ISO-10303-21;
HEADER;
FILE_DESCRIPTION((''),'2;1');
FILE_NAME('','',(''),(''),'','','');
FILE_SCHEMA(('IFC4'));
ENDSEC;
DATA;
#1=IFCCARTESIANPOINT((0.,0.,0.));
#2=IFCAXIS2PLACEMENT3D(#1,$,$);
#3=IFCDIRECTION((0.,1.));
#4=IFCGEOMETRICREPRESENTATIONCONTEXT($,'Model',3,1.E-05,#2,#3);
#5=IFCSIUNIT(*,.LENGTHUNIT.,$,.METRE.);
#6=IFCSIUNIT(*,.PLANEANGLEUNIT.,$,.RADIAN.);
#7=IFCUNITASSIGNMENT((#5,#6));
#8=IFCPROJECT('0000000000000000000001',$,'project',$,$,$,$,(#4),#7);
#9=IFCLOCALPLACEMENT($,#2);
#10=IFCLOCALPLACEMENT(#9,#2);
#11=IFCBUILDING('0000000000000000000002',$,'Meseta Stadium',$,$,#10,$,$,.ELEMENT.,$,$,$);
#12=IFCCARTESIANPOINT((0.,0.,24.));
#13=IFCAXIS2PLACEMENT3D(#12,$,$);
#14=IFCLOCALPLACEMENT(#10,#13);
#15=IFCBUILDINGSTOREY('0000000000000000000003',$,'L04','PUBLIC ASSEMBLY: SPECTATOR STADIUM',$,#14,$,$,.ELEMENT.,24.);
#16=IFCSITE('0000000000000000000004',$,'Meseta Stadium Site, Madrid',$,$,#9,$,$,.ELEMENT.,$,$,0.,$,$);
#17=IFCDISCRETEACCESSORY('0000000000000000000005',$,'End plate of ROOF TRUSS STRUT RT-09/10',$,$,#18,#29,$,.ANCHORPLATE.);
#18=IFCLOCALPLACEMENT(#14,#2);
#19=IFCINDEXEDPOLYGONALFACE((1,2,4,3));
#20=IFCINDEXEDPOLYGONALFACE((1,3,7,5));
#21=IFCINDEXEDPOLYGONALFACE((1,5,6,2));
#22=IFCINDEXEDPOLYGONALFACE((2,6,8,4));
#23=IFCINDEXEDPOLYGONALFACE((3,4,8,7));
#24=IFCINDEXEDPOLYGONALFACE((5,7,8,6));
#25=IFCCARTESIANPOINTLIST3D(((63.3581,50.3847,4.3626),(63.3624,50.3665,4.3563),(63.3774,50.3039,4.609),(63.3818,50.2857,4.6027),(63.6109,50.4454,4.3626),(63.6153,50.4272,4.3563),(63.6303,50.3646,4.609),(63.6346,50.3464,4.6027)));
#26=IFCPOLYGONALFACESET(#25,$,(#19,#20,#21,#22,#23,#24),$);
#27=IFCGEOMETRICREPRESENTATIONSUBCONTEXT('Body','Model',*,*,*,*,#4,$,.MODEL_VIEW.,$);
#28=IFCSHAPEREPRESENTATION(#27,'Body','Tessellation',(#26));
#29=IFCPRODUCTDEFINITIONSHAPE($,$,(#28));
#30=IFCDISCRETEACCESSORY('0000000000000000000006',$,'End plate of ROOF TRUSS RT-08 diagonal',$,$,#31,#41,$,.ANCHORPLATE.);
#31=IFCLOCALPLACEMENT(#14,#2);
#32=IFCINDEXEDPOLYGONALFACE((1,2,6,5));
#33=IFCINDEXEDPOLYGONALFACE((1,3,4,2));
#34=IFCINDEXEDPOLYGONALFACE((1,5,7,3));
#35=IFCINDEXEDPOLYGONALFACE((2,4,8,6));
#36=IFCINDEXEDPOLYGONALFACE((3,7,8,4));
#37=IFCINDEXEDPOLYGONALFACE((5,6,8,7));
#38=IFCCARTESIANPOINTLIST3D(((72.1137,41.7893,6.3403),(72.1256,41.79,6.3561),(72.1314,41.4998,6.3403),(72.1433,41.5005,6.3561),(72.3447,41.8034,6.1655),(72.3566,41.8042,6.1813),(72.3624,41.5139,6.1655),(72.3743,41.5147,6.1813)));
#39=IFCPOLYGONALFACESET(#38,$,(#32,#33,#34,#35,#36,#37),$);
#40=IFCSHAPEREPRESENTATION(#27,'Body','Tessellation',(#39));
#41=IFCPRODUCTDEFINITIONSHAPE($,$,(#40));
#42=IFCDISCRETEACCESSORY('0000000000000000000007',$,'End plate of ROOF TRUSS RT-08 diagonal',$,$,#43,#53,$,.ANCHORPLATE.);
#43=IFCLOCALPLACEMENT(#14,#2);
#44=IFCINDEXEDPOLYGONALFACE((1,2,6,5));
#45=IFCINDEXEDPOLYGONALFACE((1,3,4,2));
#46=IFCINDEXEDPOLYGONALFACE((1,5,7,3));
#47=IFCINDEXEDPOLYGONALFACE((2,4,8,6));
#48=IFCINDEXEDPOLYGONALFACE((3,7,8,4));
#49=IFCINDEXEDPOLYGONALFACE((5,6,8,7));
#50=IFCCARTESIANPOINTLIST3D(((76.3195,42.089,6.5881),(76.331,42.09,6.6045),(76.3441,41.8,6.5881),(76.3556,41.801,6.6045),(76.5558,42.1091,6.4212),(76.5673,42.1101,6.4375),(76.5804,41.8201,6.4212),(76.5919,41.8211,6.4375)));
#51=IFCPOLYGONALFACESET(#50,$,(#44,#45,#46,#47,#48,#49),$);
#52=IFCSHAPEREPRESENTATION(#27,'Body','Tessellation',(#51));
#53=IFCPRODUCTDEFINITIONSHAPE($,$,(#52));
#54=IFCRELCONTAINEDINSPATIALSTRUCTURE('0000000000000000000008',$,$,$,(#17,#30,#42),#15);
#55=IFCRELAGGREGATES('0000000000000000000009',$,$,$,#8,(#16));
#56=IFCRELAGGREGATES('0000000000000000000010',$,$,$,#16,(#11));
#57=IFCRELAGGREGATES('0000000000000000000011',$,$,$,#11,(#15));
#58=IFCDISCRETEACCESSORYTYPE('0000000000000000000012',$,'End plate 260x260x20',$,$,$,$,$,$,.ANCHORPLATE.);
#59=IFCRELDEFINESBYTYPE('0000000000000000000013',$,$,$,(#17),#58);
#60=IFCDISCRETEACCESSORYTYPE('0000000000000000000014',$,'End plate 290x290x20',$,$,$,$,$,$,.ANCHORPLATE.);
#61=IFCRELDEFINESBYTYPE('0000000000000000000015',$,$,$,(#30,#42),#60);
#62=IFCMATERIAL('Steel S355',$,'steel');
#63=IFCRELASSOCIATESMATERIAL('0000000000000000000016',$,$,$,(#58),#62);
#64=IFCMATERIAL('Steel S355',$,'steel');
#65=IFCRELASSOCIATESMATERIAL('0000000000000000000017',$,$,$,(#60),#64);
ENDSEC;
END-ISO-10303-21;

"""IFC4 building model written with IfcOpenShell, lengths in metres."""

from ifc_helpers import new_model, si_unit, direction, frame, origin, origin_2d, place, context, subcontext, project, spatial, rectangle, extrude, material, material_profile, profile_set, type_object, element, save


model = new_model("IFC4")

# Units and contexts
model_context = context("Model", 3, precision=1e-05, world=origin(), true_north=direction((0.0, 1.0)))
body_context = subcontext(model_context, "Body", "Model", "MODEL_VIEW")
ifc_project = project(units=[si_unit("LENGTHUNIT", "METRE"), si_unit("PLANEANGLEUNIT", "RADIAN")], contexts=[model_context])

# Site, building, storey
site_placement = place(None, origin())
site = spatial("IfcSite", under=ifc_project, at=site_placement, Name="Meseta Stadium Site, Madrid", CompositionType="ELEMENT", RefElevation=0.0)
building_placement = place(site_placement, origin())
building = spatial("IfcBuilding", under=site, at=building_placement, Name="Meseta Stadium", CompositionType="ELEMENT")
storey_placement = place(building_placement, frame((0.0, 0.0, 24.0)))
storey = spatial("IfcBuildingStorey", under=building, at=storey_placement, Name="L04", Description="PUBLIC ASSEMBLY: SPECTATOR STADIUM", CompositionType="ELEMENT", Elevation=24.0)

# Discrete accessories
ifc_material_1 = material(Name="Steel S355", Category="steel")
ifc_material_profile_1 = material_profile(ifc_material_1, rectangle(XDim=0.26, YDim=0.26, at=origin_2d()), Name="PL 260x260")
ifc_profile_set_1 = profile_set([ifc_material_profile_1], Name="Steel S355")
discrete_accessory_type_1 = type_object("IfcDiscreteAccessoryType", Name="End plate 260x260x20", PredefinedType="ANCHORPLATE", material=ifc_profile_set_1)
for number, where, z_axis, x_axis, name in (
    (1, (63.4985, 50.3564, 4.4795), (-0.221146, 0.921443, 0.319433), (-0.972387, -0.233373, 0.0), "End plate of ROOF TRUSS STRUT RT-09/10"),
):
    element("IfcDiscreteAccessory", number, at=place(storey_placement, frame(where, z_axis=z_axis, x_axis=x_axis)), inside=storey, type_object=discrete_accessory_type_1, Name=name, PredefinedType="ANCHORPLATE", context=body_context, shape_type="SweptSolid", body=[
        extrude(rectangle(XDim=0.26, YDim=0.26, at=origin_2d()), origin(), (0.0, 0.0, 1.0), 0.0198),
    ])
ifc_material_2 = material(Name="Steel S355", Category="steel")
ifc_material_profile_2 = material_profile(ifc_material_2, rectangle(XDim=0.29, YDim=0.29, at=origin_2d()), Name="PL 290x290")
ifc_profile_set_2 = profile_set([ifc_material_profile_2], Name="Steel S355")
discrete_accessory_type_2 = type_object("IfcDiscreteAccessoryType", Name="End plate 290x290x20", PredefinedType="ANCHORPLATE", material=ifc_profile_set_2)
discrete_accessory_1_placement = place(storey_placement, frame((72.238, 41.6516, 6.2529), z_axis=(0.601555, 0.03683, 0.797982), x_axis=(-0.06111, 0.998131, 0.0)))
element("IfcDiscreteAccessory", 2, at=discrete_accessory_1_placement, inside=storey, type_object=discrete_accessory_type_2, Name="End plate of ROOF TRUSS RT-08 diagonal", PredefinedType="ANCHORPLATE", context=body_context, shape_type="SweptSolid", body=[
    extrude(rectangle(XDim=0.29, YDim=0.29, at=origin_2d()), origin(), (0.0, 0.0, 1.0), 0.0198),
])
discrete_accessory_2_placement = place(storey_placement, frame((76.45, 41.9546, 6.5046), z_axis=(0.573597, 0.048817, 0.817681), x_axis=(-0.0848, 0.996398, 0.0)))
element("IfcDiscreteAccessory", 3, at=discrete_accessory_2_placement, inside=storey, type_object=discrete_accessory_type_2, Name="End plate of ROOF TRUSS RT-08 diagonal", PredefinedType="ANCHORPLATE", context=body_context, shape_type="SweptSolid", body=[
    extrude(rectangle(XDim=0.29, YDim=0.29, at=origin_2d()), origin(), (0.0, 0.0, 1.0), 0.02),
])

save(model, "model.ifc")
